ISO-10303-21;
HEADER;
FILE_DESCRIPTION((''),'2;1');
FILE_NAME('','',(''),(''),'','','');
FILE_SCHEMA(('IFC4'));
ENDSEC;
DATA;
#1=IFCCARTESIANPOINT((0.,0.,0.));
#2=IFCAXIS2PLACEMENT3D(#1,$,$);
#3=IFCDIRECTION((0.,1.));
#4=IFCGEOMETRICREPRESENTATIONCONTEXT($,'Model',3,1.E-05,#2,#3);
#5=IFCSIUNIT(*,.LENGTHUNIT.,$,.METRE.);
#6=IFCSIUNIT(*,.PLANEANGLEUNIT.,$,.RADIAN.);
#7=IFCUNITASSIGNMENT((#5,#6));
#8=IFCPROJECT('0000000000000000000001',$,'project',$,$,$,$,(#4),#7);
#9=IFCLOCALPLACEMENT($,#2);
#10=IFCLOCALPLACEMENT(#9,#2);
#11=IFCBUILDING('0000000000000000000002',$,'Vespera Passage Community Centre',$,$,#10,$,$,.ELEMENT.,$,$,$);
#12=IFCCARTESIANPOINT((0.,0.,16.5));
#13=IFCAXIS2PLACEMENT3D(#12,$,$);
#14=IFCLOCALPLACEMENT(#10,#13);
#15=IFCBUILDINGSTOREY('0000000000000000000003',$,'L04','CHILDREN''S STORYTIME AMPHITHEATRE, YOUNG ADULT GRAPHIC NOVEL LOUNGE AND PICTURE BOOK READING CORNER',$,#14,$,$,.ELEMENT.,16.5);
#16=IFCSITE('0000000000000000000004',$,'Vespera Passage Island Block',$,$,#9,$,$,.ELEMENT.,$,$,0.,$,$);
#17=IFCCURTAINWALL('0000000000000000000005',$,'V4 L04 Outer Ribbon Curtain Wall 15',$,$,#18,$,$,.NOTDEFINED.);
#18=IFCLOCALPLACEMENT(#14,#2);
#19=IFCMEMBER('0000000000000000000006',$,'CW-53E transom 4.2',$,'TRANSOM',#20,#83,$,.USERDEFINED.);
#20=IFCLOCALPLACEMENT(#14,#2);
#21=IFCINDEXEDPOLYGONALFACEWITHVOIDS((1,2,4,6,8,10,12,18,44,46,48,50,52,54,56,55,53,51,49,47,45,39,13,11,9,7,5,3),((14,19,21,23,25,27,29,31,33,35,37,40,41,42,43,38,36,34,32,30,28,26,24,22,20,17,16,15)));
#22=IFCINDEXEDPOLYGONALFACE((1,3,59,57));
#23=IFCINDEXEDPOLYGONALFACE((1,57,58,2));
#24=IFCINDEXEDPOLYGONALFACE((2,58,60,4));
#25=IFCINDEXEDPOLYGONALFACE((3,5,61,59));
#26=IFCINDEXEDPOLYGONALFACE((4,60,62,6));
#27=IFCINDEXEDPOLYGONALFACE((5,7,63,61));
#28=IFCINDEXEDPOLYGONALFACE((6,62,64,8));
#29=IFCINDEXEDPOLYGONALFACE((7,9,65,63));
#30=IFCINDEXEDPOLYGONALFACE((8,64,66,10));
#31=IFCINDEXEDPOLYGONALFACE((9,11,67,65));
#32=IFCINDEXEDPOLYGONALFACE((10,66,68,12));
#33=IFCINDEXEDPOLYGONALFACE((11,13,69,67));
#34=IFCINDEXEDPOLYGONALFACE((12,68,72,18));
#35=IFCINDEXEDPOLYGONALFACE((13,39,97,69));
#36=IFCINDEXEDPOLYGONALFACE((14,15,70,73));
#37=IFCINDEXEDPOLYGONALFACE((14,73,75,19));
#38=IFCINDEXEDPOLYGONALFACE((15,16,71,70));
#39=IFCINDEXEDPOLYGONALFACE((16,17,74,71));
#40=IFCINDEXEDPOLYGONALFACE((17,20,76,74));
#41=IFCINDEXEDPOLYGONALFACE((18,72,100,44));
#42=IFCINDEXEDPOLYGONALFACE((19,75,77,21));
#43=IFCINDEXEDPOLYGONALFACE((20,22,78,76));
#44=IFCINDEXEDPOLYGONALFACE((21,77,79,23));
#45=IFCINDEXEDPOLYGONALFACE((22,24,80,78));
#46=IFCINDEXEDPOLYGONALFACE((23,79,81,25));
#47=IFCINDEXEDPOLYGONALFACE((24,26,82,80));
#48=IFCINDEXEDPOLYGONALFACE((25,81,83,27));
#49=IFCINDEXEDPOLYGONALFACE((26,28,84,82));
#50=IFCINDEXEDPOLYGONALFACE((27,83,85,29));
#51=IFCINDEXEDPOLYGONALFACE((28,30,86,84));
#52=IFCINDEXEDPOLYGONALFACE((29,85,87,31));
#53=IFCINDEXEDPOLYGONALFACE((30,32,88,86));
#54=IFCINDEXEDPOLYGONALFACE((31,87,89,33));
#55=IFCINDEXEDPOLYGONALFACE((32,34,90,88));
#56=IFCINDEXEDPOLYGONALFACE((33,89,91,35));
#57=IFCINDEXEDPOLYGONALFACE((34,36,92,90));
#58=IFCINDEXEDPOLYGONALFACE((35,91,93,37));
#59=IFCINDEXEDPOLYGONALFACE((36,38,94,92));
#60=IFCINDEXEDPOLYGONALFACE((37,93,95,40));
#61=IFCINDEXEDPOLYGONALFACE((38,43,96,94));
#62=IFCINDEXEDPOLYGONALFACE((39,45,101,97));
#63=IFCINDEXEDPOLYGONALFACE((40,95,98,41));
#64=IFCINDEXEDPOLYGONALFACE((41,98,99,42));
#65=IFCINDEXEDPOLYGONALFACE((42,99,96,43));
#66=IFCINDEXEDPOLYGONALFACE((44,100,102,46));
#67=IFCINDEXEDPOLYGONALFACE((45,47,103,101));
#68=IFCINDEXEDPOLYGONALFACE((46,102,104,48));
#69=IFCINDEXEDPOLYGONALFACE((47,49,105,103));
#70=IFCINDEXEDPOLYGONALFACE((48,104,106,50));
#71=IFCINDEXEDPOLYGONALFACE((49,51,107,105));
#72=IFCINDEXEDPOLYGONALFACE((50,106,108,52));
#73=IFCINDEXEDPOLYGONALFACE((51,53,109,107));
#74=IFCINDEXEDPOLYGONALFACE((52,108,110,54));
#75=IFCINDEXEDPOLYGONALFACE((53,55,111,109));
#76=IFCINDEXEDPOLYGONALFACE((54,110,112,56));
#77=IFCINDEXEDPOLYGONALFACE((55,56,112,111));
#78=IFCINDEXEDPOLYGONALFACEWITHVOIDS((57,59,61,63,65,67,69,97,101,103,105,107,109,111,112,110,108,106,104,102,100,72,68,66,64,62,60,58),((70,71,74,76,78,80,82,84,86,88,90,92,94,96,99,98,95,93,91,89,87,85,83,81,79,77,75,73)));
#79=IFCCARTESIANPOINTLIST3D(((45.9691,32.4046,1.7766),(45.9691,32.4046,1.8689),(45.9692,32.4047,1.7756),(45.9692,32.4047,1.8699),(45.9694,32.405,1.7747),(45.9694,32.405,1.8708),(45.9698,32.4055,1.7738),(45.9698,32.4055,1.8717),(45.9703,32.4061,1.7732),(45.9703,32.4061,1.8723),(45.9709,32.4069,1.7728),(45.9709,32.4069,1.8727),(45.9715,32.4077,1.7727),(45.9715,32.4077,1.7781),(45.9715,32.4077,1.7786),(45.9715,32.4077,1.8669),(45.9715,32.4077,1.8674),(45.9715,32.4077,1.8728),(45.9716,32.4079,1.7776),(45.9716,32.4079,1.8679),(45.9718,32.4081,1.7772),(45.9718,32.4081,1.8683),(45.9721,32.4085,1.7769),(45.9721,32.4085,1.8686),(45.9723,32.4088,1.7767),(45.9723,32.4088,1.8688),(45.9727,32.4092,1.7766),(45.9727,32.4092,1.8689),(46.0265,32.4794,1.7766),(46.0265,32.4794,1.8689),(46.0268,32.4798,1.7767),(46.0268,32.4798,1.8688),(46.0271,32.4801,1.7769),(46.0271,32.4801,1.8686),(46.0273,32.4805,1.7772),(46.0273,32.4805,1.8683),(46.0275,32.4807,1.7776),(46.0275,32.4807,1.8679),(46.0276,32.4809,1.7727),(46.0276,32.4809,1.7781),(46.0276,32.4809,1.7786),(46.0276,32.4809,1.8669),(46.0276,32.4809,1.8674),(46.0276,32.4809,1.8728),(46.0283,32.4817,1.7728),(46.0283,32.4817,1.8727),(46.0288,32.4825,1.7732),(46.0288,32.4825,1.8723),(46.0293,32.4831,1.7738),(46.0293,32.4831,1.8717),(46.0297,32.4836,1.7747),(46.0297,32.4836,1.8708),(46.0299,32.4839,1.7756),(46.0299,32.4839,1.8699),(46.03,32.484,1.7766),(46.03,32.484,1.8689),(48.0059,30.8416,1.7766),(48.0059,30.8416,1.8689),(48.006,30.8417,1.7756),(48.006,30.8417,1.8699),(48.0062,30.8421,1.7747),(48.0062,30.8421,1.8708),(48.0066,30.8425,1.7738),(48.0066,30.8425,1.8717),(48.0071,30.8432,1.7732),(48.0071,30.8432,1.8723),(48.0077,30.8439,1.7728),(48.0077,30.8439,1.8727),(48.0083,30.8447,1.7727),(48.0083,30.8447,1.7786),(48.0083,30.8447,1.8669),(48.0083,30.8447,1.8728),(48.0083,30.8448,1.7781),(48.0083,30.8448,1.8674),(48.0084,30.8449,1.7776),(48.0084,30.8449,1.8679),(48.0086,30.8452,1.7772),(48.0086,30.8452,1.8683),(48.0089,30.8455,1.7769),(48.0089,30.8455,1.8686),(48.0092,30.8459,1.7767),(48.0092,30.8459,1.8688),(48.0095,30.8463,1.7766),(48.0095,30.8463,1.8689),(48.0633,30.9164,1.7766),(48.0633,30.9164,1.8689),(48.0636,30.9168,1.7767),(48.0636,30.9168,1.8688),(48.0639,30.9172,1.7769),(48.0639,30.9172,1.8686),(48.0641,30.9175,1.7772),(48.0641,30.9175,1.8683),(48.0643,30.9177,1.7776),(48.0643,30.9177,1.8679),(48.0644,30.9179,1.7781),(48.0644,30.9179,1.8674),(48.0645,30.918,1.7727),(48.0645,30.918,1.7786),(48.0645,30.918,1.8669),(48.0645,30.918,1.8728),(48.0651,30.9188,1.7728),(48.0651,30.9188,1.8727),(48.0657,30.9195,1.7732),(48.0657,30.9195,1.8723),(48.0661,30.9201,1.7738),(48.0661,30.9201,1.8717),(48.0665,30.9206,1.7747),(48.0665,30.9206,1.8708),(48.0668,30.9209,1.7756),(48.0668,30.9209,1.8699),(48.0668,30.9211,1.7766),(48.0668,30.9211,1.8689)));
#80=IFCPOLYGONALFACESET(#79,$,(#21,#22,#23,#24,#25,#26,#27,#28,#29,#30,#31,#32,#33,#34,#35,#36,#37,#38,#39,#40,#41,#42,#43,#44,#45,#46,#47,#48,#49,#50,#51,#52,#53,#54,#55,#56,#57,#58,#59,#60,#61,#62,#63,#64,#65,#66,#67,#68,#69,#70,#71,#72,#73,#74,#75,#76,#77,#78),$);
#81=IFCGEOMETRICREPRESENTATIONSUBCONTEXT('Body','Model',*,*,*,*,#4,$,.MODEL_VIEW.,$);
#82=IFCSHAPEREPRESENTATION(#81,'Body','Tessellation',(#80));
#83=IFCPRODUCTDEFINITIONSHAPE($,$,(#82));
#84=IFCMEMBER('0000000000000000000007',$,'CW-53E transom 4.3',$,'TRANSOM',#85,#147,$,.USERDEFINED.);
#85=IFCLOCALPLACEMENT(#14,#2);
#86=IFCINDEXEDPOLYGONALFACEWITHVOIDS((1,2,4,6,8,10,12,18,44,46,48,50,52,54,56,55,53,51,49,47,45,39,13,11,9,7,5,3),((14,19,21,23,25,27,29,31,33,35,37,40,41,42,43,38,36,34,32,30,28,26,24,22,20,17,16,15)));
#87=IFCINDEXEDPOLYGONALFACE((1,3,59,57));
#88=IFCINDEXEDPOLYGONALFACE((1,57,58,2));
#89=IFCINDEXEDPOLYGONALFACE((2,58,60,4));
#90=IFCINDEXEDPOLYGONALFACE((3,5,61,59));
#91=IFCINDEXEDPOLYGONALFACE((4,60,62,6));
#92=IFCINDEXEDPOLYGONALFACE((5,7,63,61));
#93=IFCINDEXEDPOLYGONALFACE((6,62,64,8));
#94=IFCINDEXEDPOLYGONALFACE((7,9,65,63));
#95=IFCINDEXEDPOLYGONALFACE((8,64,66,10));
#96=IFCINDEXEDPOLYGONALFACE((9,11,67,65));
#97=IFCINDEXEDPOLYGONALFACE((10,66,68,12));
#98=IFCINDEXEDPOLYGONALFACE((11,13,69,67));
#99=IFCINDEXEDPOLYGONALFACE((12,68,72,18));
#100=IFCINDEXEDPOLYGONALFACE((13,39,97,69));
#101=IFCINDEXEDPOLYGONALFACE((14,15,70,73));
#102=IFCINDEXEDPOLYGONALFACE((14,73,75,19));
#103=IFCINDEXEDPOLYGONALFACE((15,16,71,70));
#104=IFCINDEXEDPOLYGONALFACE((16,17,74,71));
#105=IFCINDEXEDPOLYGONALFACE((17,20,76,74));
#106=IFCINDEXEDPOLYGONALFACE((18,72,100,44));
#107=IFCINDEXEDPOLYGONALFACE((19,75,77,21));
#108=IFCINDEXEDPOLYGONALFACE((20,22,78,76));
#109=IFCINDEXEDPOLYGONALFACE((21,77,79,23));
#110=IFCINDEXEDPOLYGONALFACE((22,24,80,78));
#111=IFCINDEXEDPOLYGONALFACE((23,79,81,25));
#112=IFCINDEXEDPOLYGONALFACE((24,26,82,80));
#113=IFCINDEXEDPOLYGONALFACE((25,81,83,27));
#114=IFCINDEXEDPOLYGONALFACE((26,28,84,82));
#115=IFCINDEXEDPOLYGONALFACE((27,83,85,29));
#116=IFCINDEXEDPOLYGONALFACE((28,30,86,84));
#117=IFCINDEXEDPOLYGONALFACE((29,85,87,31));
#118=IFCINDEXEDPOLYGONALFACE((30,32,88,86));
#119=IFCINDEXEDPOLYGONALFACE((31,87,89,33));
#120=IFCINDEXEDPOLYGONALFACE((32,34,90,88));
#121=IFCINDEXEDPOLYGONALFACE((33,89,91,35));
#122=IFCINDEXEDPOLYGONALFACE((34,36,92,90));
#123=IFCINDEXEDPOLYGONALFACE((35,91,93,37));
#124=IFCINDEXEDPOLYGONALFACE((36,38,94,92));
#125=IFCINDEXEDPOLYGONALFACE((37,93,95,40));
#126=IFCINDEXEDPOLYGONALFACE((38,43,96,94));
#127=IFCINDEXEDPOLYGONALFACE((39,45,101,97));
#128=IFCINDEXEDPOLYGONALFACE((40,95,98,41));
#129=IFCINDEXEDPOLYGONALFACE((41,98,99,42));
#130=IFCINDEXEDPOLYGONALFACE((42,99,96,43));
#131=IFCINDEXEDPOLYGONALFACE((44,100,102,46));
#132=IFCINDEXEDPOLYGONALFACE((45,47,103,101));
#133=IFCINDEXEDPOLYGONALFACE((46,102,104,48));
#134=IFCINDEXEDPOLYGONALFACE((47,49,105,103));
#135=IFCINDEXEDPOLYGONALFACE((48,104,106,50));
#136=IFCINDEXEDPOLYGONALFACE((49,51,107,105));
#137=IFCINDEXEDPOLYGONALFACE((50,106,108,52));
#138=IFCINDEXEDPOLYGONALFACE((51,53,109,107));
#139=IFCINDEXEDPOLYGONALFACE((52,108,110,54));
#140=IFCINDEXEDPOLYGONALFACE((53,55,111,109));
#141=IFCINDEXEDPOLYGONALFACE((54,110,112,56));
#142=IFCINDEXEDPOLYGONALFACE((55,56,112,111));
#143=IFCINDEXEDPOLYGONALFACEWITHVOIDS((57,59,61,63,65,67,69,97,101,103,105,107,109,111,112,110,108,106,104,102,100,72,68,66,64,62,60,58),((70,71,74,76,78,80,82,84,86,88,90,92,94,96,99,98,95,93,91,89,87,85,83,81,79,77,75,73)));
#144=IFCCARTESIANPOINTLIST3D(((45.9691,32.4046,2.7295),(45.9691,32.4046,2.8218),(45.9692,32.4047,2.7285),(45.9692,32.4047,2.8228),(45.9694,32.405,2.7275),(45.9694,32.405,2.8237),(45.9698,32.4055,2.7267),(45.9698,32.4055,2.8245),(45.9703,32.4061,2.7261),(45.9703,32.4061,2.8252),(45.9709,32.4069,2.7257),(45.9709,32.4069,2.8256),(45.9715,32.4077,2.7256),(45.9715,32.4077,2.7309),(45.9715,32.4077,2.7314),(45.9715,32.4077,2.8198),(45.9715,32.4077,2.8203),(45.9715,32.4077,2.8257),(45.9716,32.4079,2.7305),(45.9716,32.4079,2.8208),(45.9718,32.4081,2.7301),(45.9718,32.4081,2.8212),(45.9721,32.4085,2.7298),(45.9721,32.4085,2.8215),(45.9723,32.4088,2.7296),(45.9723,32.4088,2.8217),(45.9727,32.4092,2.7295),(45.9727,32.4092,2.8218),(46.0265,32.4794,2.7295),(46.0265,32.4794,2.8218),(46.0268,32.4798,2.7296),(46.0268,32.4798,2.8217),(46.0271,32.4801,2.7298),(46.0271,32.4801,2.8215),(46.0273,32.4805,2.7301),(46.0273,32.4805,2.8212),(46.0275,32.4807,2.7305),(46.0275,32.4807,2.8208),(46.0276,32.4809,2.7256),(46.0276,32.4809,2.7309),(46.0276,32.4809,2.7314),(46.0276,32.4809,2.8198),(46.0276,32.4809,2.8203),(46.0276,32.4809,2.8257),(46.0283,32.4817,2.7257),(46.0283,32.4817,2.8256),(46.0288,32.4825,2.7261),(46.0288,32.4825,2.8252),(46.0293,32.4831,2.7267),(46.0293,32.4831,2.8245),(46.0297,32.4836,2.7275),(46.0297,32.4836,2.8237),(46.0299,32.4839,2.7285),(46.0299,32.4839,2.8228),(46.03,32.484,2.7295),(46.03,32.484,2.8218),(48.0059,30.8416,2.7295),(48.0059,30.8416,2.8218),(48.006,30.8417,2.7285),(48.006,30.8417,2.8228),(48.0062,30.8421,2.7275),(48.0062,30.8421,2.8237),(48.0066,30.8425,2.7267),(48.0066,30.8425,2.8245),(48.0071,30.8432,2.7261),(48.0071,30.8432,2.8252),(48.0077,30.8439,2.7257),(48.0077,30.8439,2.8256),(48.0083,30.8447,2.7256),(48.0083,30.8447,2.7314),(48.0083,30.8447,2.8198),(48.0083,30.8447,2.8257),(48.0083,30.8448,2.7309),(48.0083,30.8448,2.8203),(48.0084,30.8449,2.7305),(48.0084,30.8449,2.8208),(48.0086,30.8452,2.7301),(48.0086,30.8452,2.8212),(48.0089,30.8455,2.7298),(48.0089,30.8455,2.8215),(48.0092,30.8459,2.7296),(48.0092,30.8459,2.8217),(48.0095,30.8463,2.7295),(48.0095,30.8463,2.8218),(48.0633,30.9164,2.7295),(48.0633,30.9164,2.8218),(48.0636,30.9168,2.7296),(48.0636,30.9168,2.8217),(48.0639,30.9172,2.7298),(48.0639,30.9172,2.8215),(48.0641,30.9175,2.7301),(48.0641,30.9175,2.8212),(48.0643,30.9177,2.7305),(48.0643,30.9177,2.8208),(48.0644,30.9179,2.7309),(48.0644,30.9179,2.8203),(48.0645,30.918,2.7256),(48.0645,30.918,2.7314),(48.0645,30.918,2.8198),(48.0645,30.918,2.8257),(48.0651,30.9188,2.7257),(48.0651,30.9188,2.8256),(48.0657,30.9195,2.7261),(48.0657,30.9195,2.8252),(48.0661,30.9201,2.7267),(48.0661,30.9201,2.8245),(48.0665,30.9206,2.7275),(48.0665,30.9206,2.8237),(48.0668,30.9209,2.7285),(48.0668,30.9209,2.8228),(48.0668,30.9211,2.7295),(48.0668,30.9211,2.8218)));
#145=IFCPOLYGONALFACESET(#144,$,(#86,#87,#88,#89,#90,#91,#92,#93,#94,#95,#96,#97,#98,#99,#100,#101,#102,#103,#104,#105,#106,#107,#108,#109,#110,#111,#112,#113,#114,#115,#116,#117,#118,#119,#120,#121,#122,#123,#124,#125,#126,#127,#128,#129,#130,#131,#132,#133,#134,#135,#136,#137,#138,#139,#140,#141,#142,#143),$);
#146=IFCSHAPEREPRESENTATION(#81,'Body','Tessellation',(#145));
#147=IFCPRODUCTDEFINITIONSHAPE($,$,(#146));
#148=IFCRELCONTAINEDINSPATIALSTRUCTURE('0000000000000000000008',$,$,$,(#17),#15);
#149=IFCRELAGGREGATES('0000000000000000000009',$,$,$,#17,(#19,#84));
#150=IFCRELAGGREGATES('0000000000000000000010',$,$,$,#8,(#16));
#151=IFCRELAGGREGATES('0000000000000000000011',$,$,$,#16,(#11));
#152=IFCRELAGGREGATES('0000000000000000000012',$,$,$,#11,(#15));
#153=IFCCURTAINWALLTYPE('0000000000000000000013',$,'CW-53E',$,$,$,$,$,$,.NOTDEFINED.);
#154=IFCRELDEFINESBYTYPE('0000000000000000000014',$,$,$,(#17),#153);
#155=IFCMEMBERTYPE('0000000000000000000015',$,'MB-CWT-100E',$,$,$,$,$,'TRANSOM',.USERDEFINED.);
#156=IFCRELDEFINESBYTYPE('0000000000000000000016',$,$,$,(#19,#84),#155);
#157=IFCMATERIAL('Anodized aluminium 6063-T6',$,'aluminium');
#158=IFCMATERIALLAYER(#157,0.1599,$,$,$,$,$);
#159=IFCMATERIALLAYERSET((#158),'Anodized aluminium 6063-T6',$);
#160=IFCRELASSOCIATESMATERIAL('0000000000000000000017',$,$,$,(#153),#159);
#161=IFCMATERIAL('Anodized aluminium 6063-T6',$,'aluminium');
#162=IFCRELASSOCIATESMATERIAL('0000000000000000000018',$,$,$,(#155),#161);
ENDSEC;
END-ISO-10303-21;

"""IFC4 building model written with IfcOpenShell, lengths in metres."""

from ifc_helpers import new_model, si_unit, direction, frame, origin, origin_2d, place, context, subcontext, project, spatial, hollow_rectangle, extrude, material, layer, layer_set, material_profile, profile_set, type_object, element, aggregate, save


model = new_model("IFC4")

# Units and contexts
model_context = context("Model", 3, precision=1e-05, world=origin(), true_north=direction((0.0, 1.0)))
body_context = subcontext(model_context, "Body", "Model", "MODEL_VIEW")
ifc_project = project(units=[si_unit("LENGTHUNIT", "METRE"), si_unit("PLANEANGLEUNIT", "RADIAN")], contexts=[model_context])

# Site, building, storey
site_placement = place(None, origin())
site = spatial("IfcSite", under=ifc_project, at=site_placement, Name="Vespera Passage Island Block", CompositionType="ELEMENT", RefElevation=0.0)
building_placement = place(site_placement, origin())
building = spatial("IfcBuilding", under=site, at=building_placement, Name="Vespera Passage Community Centre", CompositionType="ELEMENT")
storey_placement = place(building_placement, frame((0.0, 0.0, 16.5)))
storey = spatial("IfcBuildingStorey", under=building, at=storey_placement, Name="L04", Description="CHILDREN'S STORYTIME AMPHITHEATRE, YOUNG ADULT GRAPHIC NOVEL LOUNGE AND PICTURE BOOK READING CORNER", CompositionType="ELEMENT", Elevation=16.5)

# Curtain wall, members
ifc_material_1 = material(Name="Anodized aluminium 6063-T6", Category="aluminium")
ifc_layer_1 = layer(ifc_material_1, 0.1599)
ifc_layer_set_1 = layer_set([ifc_layer_1], Name="Anodized aluminium 6063-T6")
curtain_wall_type = type_object("IfcCurtainWallType", Name="CW-53E", PredefinedType="NOTDEFINED", material=ifc_layer_set_1)
curtain_wall_placement = place(storey_placement, origin())
curtain_wall = element("IfcCurtainWall", 1, at=curtain_wall_placement, inside=storey, type_object=curtain_wall_type, Name="V4 L04 Outer Ribbon Curtain Wall 15", PredefinedType="NOTDEFINED")
ifc_material_2 = material(Name="Anodized aluminium 6063-T6", Category="aluminium")
ifc_material_profile_1 = material_profile(ifc_material_2, hollow_rectangle(XDim=0.1001, YDim=0.1001, WallThickness=0.0039, InnerFilletRadius=0.002, OuterFilletRadius=0.0039, at=origin_2d()), Name="ALU100X100X4")
ifc_profile_set_1 = profile_set([ifc_material_profile_1], Name="Anodized aluminium 6063-T6")
member_type_1 = type_object("IfcMemberType", Name="MB-CWT-100E", ElementType="TRANSOM", PredefinedType="USERDEFINED", material=ifc_profile_set_1)
member_1_placement = place(storey_placement, frame((48.0364, 30.8813, 1.8228), z_axis=(-0.793345, 0.608773, 0.0), x_axis=(-0.608773, -0.793345, 0.0)))
member_1 = element("IfcMember", 2, at=member_1_placement, type_object=member_type_1, Name="CW-53E transom 4.2", ObjectType="TRANSOM", PredefinedType="USERDEFINED", context=body_context, shape_type="SweptSolid", body=[
    extrude(hollow_rectangle(XDim=0.1001, YDim=0.1001, WallThickness=0.0039, InnerFilletRadius=0.002, OuterFilletRadius=0.0039, at=origin_2d()), origin(), (0.0, 0.0, 1.0), 2.5674),
])
member_2_placement = place(storey_placement, frame((48.0364, 30.8813, 2.7756), z_axis=(-0.793345, 0.608773, 0.0), x_axis=(-0.608773, -0.793345, 0.0)))
member_2 = element("IfcMember", 3, at=member_2_placement, type_object=member_type_1, Name="CW-53E transom 4.3", ObjectType="TRANSOM", PredefinedType="USERDEFINED", context=body_context, shape_type="SweptSolid", body=[
    extrude(hollow_rectangle(XDim=0.1001, YDim=0.1001, WallThickness=0.0039, InnerFilletRadius=0.002, OuterFilletRadius=0.0039, at=origin_2d()), origin(), (0.0, 0.0, 1.0), 2.5674),
])

aggregate(curtain_wall, [member_1, member_2])

save(model, "model.ifc")
